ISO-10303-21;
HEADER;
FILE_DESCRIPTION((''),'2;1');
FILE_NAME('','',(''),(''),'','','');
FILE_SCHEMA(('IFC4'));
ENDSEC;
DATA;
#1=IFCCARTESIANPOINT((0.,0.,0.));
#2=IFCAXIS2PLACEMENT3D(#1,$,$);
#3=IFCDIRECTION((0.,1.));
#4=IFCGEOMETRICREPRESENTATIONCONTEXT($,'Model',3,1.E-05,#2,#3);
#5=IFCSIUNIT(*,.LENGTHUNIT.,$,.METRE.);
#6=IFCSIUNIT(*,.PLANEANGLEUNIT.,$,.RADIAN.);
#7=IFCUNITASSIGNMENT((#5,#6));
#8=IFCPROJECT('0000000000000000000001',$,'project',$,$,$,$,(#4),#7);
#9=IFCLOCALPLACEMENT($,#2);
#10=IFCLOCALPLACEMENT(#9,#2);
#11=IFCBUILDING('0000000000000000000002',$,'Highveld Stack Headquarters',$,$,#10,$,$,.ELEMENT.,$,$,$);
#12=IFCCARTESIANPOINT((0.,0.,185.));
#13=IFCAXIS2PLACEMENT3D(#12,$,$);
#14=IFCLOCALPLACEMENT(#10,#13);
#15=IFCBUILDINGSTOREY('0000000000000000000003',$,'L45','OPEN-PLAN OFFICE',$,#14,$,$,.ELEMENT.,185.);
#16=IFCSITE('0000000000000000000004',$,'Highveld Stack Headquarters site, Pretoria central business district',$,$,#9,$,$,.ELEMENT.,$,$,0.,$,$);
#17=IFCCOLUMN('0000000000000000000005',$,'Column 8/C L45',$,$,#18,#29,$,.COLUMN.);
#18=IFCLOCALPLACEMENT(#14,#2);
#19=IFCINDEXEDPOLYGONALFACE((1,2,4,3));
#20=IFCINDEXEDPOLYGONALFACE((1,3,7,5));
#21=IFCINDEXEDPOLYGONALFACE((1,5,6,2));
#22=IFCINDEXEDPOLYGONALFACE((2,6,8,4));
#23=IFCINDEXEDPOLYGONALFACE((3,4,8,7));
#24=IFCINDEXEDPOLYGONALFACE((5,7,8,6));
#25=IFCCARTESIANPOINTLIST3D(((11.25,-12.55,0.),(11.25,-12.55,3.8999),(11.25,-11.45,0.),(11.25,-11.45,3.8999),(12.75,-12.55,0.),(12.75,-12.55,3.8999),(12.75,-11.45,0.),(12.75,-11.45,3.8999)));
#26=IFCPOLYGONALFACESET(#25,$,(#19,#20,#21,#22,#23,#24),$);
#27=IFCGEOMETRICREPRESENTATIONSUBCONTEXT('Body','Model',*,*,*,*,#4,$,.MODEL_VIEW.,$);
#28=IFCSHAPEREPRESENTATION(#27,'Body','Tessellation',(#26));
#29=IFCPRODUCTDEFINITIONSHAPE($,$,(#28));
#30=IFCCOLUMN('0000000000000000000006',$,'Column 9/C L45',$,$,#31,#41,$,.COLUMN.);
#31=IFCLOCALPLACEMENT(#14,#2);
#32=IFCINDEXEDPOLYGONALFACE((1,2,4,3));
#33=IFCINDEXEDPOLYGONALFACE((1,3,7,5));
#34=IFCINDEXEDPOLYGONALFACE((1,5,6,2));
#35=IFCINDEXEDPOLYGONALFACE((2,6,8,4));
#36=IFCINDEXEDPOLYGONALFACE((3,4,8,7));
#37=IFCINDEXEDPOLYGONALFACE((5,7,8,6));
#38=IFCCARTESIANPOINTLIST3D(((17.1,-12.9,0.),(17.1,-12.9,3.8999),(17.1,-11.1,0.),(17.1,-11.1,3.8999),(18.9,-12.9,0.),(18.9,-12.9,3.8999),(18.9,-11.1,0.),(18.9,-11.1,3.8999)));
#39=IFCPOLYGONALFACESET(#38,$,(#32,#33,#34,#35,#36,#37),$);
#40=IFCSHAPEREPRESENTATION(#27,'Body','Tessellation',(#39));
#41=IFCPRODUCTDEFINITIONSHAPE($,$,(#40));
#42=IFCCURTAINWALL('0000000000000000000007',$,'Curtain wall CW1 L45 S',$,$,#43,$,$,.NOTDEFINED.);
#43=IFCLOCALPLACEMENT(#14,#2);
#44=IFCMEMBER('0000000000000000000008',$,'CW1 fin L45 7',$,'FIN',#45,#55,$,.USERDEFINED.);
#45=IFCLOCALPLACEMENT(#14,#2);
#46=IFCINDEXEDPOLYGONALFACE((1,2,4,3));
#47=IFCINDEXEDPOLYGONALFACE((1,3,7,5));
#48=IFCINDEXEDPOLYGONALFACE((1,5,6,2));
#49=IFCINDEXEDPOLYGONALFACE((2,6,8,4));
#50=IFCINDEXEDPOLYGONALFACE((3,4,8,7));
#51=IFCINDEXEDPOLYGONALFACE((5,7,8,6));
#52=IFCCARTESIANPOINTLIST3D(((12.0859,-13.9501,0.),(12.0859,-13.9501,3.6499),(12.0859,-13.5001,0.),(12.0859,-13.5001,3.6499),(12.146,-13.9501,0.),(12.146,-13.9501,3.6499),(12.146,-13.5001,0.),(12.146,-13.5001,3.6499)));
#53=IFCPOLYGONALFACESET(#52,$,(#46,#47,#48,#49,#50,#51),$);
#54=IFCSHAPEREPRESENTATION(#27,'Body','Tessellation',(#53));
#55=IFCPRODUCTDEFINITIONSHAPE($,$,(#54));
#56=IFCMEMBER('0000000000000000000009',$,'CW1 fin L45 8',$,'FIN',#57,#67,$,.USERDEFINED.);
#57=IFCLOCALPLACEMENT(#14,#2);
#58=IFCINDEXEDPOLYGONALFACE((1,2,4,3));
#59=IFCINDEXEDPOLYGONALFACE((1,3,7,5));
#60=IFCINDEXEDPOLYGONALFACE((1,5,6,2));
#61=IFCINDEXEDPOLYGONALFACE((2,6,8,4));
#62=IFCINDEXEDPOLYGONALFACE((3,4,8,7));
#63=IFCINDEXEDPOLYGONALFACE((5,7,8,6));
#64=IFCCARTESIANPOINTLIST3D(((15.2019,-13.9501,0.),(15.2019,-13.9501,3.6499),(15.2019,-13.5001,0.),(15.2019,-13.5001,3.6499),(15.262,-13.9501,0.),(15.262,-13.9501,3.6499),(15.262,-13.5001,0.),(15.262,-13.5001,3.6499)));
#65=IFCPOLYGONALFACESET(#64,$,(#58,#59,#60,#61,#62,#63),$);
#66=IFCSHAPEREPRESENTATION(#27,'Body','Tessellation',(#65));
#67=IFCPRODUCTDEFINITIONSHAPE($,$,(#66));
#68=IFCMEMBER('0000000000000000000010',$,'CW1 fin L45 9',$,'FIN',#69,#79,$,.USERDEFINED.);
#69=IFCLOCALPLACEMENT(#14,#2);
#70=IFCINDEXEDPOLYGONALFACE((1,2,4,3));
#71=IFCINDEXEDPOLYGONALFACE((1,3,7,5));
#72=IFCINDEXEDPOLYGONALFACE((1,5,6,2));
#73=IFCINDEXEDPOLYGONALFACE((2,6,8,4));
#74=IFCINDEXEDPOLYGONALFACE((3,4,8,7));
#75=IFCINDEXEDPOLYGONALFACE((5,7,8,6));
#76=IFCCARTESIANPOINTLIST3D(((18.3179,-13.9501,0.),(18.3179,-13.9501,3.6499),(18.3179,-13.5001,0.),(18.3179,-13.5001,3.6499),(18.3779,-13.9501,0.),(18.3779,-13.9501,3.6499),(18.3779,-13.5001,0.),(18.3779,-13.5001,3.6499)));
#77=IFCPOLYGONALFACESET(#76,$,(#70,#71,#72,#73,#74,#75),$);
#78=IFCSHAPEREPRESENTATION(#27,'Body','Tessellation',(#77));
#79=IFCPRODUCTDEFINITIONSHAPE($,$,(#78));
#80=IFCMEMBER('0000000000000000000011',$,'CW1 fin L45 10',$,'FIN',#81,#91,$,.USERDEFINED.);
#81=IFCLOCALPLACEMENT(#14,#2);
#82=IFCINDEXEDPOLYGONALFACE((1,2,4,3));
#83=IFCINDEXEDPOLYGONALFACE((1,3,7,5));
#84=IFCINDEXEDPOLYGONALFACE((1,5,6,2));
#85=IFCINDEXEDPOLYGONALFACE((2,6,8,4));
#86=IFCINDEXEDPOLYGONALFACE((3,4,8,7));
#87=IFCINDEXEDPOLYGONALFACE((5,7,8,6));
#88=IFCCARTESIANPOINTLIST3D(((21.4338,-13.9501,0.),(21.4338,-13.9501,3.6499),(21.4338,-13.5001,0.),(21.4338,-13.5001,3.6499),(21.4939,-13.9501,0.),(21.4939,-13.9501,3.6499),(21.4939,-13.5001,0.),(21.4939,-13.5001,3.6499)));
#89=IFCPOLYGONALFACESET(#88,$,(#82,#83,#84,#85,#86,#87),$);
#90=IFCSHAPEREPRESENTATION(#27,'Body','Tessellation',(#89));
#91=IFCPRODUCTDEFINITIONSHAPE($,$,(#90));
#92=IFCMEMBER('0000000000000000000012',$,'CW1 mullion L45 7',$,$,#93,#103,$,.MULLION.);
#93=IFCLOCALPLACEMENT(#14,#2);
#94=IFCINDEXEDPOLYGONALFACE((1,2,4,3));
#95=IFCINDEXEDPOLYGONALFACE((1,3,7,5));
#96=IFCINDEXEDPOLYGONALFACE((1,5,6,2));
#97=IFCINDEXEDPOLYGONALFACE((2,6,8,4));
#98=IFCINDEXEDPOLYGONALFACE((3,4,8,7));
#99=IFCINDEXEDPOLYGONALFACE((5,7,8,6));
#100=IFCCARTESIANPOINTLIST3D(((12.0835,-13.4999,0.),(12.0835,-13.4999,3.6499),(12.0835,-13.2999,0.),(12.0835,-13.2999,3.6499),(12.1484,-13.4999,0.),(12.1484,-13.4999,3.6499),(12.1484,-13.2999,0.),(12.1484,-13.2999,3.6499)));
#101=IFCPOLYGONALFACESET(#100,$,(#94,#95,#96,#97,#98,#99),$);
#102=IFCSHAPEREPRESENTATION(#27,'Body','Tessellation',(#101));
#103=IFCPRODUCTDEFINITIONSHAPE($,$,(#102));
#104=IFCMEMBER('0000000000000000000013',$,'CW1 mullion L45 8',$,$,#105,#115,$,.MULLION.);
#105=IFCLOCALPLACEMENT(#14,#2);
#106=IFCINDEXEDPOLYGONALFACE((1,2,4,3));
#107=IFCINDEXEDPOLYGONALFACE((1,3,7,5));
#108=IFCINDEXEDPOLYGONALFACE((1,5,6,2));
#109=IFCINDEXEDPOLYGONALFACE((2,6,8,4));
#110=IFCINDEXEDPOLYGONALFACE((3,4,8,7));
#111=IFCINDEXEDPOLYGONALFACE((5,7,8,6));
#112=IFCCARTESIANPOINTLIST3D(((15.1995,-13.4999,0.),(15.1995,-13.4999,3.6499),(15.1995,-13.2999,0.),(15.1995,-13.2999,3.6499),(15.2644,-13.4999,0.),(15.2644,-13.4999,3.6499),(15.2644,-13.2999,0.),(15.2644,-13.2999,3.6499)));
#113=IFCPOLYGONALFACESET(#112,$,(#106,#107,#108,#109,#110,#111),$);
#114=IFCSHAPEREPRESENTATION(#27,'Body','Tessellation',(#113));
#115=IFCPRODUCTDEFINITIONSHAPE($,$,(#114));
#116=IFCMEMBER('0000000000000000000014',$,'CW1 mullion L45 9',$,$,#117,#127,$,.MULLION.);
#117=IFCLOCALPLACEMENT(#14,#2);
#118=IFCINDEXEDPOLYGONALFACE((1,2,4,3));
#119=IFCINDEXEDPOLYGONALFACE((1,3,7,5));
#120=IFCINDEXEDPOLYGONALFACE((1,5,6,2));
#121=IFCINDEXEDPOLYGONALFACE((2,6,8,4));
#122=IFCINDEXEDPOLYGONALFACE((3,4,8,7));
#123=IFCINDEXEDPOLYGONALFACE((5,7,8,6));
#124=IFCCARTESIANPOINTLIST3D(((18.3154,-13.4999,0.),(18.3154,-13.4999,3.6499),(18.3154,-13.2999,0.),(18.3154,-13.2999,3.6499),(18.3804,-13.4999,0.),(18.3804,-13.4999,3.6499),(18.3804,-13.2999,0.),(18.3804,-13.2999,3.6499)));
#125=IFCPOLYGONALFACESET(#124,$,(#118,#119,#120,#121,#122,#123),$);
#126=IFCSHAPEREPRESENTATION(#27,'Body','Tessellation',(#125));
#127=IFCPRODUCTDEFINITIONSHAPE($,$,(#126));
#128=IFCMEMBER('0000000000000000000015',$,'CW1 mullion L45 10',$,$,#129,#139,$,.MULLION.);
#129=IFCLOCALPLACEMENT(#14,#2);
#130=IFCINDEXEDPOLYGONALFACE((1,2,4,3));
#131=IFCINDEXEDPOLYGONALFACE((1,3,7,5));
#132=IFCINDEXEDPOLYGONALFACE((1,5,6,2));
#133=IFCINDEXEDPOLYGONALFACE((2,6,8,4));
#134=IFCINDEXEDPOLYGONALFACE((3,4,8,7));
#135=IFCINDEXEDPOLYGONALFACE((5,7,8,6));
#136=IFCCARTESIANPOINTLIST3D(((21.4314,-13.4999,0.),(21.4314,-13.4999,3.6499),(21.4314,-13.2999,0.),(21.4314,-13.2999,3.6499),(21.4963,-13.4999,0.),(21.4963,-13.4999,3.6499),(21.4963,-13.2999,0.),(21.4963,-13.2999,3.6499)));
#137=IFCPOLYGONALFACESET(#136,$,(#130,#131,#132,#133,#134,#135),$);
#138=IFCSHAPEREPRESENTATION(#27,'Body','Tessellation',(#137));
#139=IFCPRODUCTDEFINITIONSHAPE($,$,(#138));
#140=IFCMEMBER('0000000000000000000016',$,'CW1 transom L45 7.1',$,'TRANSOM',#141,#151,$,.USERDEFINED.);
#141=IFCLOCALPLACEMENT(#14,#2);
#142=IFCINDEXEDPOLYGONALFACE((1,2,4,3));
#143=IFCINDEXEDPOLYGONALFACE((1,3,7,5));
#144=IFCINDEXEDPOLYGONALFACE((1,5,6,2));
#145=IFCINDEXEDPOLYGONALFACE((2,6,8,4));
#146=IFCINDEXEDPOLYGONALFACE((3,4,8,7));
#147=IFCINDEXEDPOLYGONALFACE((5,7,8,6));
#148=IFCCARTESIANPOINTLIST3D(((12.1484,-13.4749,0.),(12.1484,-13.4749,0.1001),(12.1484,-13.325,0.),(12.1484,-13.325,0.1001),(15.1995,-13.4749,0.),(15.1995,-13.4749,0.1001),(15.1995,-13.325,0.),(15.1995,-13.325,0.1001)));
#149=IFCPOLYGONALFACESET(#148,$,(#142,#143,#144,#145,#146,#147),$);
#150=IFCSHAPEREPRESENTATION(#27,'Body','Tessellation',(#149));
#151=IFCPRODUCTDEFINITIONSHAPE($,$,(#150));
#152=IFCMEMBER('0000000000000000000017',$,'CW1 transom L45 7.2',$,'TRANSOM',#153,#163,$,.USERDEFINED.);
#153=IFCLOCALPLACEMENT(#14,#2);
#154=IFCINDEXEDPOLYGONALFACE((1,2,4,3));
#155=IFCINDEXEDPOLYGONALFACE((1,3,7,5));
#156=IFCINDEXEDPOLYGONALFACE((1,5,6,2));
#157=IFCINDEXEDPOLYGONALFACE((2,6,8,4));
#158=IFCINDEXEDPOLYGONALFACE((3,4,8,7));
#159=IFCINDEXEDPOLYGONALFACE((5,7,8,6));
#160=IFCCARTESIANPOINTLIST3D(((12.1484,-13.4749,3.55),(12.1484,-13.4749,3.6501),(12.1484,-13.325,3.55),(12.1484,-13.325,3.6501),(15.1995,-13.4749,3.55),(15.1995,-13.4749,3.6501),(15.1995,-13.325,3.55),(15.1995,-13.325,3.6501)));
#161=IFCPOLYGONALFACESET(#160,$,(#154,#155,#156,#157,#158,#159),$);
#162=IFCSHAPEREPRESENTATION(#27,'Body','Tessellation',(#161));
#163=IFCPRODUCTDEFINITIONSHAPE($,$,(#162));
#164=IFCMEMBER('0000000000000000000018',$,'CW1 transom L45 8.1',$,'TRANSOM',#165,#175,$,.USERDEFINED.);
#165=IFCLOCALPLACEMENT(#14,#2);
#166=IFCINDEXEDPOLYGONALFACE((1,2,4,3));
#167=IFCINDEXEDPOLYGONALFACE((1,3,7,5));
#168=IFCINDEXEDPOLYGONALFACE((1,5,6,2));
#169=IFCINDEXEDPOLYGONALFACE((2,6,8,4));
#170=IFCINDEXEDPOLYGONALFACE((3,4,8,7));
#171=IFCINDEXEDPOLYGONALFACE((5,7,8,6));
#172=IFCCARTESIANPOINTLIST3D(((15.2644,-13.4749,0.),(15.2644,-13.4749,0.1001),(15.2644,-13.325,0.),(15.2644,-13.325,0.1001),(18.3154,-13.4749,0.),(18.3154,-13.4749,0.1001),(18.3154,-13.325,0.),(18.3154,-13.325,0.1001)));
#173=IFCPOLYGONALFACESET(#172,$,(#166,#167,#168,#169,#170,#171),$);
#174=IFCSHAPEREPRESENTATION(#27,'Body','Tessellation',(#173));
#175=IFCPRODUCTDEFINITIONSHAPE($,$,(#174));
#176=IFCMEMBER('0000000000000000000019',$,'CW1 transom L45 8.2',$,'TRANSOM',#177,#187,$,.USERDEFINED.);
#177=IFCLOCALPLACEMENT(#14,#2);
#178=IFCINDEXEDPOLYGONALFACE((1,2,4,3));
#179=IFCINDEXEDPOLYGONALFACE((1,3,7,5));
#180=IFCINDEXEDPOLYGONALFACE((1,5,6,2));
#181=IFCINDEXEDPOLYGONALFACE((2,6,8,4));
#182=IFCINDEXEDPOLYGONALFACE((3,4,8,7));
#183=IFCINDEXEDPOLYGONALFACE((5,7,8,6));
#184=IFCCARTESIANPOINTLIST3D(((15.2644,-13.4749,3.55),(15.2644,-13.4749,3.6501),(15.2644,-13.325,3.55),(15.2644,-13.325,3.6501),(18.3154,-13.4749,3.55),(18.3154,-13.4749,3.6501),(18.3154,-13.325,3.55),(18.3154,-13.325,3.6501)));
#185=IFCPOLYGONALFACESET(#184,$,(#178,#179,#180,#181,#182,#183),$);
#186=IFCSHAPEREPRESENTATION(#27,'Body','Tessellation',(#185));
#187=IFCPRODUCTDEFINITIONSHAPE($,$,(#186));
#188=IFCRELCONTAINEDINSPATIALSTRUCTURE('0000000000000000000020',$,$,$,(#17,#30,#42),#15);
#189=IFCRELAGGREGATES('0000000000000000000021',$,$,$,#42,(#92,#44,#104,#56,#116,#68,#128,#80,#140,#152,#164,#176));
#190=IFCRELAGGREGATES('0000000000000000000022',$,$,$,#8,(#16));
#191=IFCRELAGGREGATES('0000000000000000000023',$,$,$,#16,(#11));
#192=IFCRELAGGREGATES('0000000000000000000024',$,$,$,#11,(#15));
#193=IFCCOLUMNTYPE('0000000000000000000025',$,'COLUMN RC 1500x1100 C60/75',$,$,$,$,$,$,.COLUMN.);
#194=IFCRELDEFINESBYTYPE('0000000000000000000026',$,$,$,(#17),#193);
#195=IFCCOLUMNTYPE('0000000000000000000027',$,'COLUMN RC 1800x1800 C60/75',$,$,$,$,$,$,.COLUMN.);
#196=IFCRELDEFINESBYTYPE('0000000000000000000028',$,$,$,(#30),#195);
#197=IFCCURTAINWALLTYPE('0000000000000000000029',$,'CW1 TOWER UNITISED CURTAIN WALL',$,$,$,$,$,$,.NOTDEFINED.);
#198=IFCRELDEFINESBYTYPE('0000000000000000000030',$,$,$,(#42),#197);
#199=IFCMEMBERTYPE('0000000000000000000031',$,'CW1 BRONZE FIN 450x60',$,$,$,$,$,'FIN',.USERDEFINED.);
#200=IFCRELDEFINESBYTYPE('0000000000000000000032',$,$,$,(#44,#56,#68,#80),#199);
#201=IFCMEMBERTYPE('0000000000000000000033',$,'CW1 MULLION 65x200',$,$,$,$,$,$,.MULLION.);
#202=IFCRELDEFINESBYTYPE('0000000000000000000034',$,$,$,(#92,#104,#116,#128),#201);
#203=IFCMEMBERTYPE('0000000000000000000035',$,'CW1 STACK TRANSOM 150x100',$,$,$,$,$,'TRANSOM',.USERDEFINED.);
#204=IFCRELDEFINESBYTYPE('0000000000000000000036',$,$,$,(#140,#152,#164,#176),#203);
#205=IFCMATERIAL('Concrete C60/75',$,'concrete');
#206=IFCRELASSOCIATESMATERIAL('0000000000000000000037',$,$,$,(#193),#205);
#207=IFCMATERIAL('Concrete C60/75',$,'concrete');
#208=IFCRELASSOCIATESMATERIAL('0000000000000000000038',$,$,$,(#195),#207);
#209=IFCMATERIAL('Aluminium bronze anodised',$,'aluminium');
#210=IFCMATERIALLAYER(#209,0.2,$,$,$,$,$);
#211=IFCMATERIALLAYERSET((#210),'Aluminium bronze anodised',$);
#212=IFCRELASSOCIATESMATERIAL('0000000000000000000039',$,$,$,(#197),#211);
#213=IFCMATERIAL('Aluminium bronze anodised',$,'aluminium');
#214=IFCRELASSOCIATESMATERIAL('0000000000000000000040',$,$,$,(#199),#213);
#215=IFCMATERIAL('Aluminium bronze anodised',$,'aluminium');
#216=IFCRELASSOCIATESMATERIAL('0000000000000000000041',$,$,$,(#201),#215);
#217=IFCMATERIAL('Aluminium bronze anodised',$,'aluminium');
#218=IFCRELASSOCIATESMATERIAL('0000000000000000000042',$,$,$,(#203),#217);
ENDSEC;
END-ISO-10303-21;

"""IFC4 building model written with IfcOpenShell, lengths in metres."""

from ifc_helpers import new_model, si_unit, direction, frame, origin, origin_2d, place, context, subcontext, project, spatial, rectangle, extrude, material, layer, layer_set, material_profile, profile_set, type_object, element, aggregate, save


model = new_model("IFC4")

# Units and contexts
model_context = context("Model", 3, precision=1e-05, world=origin(), true_north=direction((0.0, 1.0)))
body_context = subcontext(model_context, "Body", "Model", "MODEL_VIEW")
ifc_project = project(units=[si_unit("LENGTHUNIT", "METRE"), si_unit("PLANEANGLEUNIT", "RADIAN")], contexts=[model_context])

# Site, building, storey
site_placement = place(None, origin())
site = spatial("IfcSite", under=ifc_project, at=site_placement, Name="Highveld Stack Headquarters site, Pretoria central business district", CompositionType="ELEMENT", RefElevation=0.0)
building_placement = place(site_placement, origin())
building = spatial("IfcBuilding", under=site, at=building_placement, Name="Highveld Stack Headquarters", CompositionType="ELEMENT")
storey_placement = place(building_placement, frame((0.0, 0.0, 185.0)))
storey = spatial("IfcBuildingStorey", under=building, at=storey_placement, Name="L45", Description="OPEN-PLAN OFFICE", CompositionType="ELEMENT", Elevation=185.0)

# Columns
ifc_material_1 = material(Name="Concrete C60/75", Category="concrete")
ifc_material_profile_1 = material_profile(ifc_material_1, rectangle(XDim=1.5, YDim=1.1001, at=origin_2d()), Name="RC 1500x1100")
ifc_profile_set_1 = profile_set([ifc_material_profile_1], Name="Concrete C60/75")
column_type_1 = type_object("IfcColumnType", Name="COLUMN RC 1500x1100 C60/75", PredefinedType="COLUMN", material=ifc_profile_set_1)
column_1_placement = place(storey_placement, frame((12.0, -12.0, 0.0), z_axis=(0.0, 0.0, 1.0), x_axis=(1.0, 0.0, 0.0)))
element("IfcColumn", 1, at=column_1_placement, inside=storey, type_object=column_type_1, Name="Column 8/C L45", PredefinedType="COLUMN", context=body_context, shape_type="SweptSolid", body=[
    extrude(rectangle(XDim=1.5, YDim=1.1001, at=origin_2d()), origin(), (0.0, 0.0, 1.0), 3.8999),
])
ifc_material_2 = material(Name="Concrete C60/75", Category="concrete")
ifc_material_profile_2 = material_profile(ifc_material_2, rectangle(XDim=1.8, YDim=1.8, at=origin_2d()), Name="RC 1800x1800")
ifc_profile_set_2 = profile_set([ifc_material_profile_2], Name="Concrete C60/75")
column_type_2 = type_object("IfcColumnType", Name="COLUMN RC 1800x1800 C60/75", PredefinedType="COLUMN", material=ifc_profile_set_2)
column_2_placement = place(storey_placement, frame((18.0, -12.0, 0.0), z_axis=(0.0, 0.0, 1.0), x_axis=(1.0, 0.0, 0.0)))
element("IfcColumn", 2, at=column_2_placement, inside=storey, type_object=column_type_2, Name="Column 9/C L45", PredefinedType="COLUMN", context=body_context, shape_type="SweptSolid", body=[
    extrude(rectangle(XDim=1.8, YDim=1.8, at=origin_2d()), origin(), (0.0, 0.0, 1.0), 3.8999),
])

# Curtain wall, members
ifc_material_3 = material(Name="Aluminium bronze anodised", Category="aluminium")
ifc_layer_1 = layer(ifc_material_3, 0.2)
ifc_layer_set_1 = layer_set([ifc_layer_1], Name="Aluminium bronze anodised")
curtain_wall_type = type_object("IfcCurtainWallType", Name="CW1 TOWER UNITISED CURTAIN WALL", PredefinedType="NOTDEFINED", material=ifc_layer_set_1)
curtain_wall_placement = place(storey_placement, origin())
curtain_wall = element("IfcCurtainWall", 3, at=curtain_wall_placement, inside=storey, type_object=curtain_wall_type, Name="Curtain wall CW1 L45 S", PredefinedType="NOTDEFINED")
ifc_material_4 = material(Name="Aluminium bronze anodised", Category="aluminium")
ifc_material_profile_3 = material_profile(ifc_material_4, rectangle(XDim=0.45, YDim=0.0601, at=origin_2d()), Name="FIN 450x60")
ifc_profile_set_3 = profile_set([ifc_material_profile_3], Name="Aluminium bronze anodised")
member_type_1 = type_object("IfcMemberType", Name="CW1 BRONZE FIN 450x60", ElementType="FIN", PredefinedType="USERDEFINED", material=ifc_profile_set_3)
member_1_placement = place(storey_placement, frame((12.116, -13.7251, 0.0), z_axis=(0.0, 0.0, 1.0), x_axis=(0.0, 1.0, 0.0)))
member_1 = element("IfcMember", 4, at=member_1_placement, type_object=member_type_1, Name="CW1 fin L45 7", ObjectType="FIN", PredefinedType="USERDEFINED", context=body_context, shape_type="SweptSolid", body=[
    extrude(rectangle(XDim=0.45, YDim=0.0601, at=origin_2d()), origin(), (0.0, 0.0, 1.0), 3.6499),
])
member_2_placement = place(storey_placement, frame((15.2319, -13.7251, 0.0), z_axis=(0.0, 0.0, 1.0), x_axis=(0.0, 1.0, 0.0)))
member_2 = element("IfcMember", 5, at=member_2_placement, type_object=member_type_1, Name="CW1 fin L45 8", ObjectType="FIN", PredefinedType="USERDEFINED", context=body_context, shape_type="SweptSolid", body=[
    extrude(rectangle(XDim=0.45, YDim=0.0601, at=origin_2d()), origin(), (0.0, 0.0, 1.0), 3.6499),
])
member_3_placement = place(storey_placement, frame((18.3479, -13.7251, 0.0), z_axis=(0.0, 0.0, 1.0), x_axis=(0.0, 1.0, 0.0)))
member_3 = element("IfcMember", 6, at=member_3_placement, type_object=member_type_1, Name="CW1 fin L45 9", ObjectType="FIN", PredefinedType="USERDEFINED", context=body_context, shape_type="SweptSolid", body=[
    extrude(rectangle(XDim=0.45, YDim=0.0601, at=origin_2d()), origin(), (0.0, 0.0, 1.0), 3.6499),
])
member_4_placement = place(storey_placement, frame((21.4639, -13.7251, 0.0), z_axis=(0.0, 0.0, 1.0), x_axis=(0.0, 1.0, 0.0)))
member_4 = element("IfcMember", 7, at=member_4_placement, type_object=member_type_1, Name="CW1 fin L45 10", ObjectType="FIN", PredefinedType="USERDEFINED", context=body_context, shape_type="SweptSolid", body=[
    extrude(rectangle(XDim=0.45, YDim=0.0601, at=origin_2d()), origin(), (0.0, 0.0, 1.0), 3.6499),
])
ifc_material_5 = material(Name="Aluminium bronze anodised", Category="aluminium")
ifc_material_profile_4 = material_profile(ifc_material_5, rectangle(XDim=0.2, YDim=0.0649, at=origin_2d()), Name="CW1 MULLION 65x200")
ifc_profile_set_4 = profile_set([ifc_material_profile_4], Name="Aluminium bronze anodised")
member_type_2 = type_object("IfcMemberType", Name="CW1 MULLION 65x200", PredefinedType="MULLION", material=ifc_profile_set_4)
member_5_placement = place(storey_placement, frame((12.116, -13.3999, 0.0), z_axis=(0.0, 0.0, 1.0), x_axis=(0.0, 1.0, 0.0)))
member_5 = element("IfcMember", 8, at=member_5_placement, type_object=member_type_2, Name="CW1 mullion L45 7", PredefinedType="MULLION", context=body_context, shape_type="SweptSolid", body=[
    extrude(rectangle(XDim=0.2, YDim=0.0649, at=origin_2d()), origin(), (0.0, 0.0, 1.0), 3.6499),
])
member_6_placement = place(storey_placement, frame((15.2319, -13.3999, 0.0), z_axis=(0.0, 0.0, 1.0), x_axis=(0.0, 1.0, 0.0)))
member_6 = element("IfcMember", 9, at=member_6_placement, type_object=member_type_2, Name="CW1 mullion L45 8", PredefinedType="MULLION", context=body_context, shape_type="SweptSolid", body=[
    extrude(rectangle(XDim=0.2, YDim=0.0649, at=origin_2d()), origin(), (0.0, 0.0, 1.0), 3.6499),
])
member_7_placement = place(storey_placement, frame((18.3479, -13.3999, 0.0), z_axis=(0.0, 0.0, 1.0), x_axis=(0.0, 1.0, 0.0)))
member_7 = element("IfcMember", 10, at=member_7_placement, type_object=member_type_2, Name="CW1 mullion L45 9", PredefinedType="MULLION", context=body_context, shape_type="SweptSolid", body=[
    extrude(rectangle(XDim=0.2, YDim=0.0649, at=origin_2d()), origin(), (0.0, 0.0, 1.0), 3.6499),
])
member_8_placement = place(storey_placement, frame((21.4639, -13.3999, 0.0), z_axis=(0.0, 0.0, 1.0), x_axis=(0.0, 1.0, 0.0)))
member_8 = element("IfcMember", 11, at=member_8_placement, type_object=member_type_2, Name="CW1 mullion L45 10", PredefinedType="MULLION", context=body_context, shape_type="SweptSolid", body=[
    extrude(rectangle(XDim=0.2, YDim=0.0649, at=origin_2d()), origin(), (0.0, 0.0, 1.0), 3.6499),
])
ifc_material_6 = material(Name="Aluminium bronze anodised", Category="aluminium")
ifc_material_profile_5 = material_profile(ifc_material_6, rectangle(XDim=0.1499, YDim=0.1001, at=origin_2d()), Name="CW1 TRANSOM 150x100")
ifc_profile_set_5 = profile_set([ifc_material_profile_5], Name="Aluminium bronze anodised")
member_type_3 = type_object("IfcMemberType", Name="CW1 STACK TRANSOM 150x100", ElementType="TRANSOM", PredefinedType="USERDEFINED", material=ifc_profile_set_5)
member_9_placement = place(storey_placement, frame((12.1484, -13.3999, 0.05), z_axis=(1.0, 0.0, 0.0), x_axis=(0.0, 1.0, 0.0)))
member_9 = element("IfcMember", 12, at=member_9_placement, type_object=member_type_3, Name="CW1 transom L45 7.1", ObjectType="TRANSOM", PredefinedType="USERDEFINED", context=body_context, shape_type="SweptSolid", body=[
    extrude(rectangle(XDim=0.1499, YDim=0.1001, at=origin_2d()), origin(), (0.0, 0.0, 1.0), 3.051),
])
member_10_placement = place(storey_placement, frame((12.1484, -13.3999, 3.6001), z_axis=(1.0, 0.0, 0.0), x_axis=(0.0, 1.0, 0.0)))
member_10 = element("IfcMember", 13, at=member_10_placement, type_object=member_type_3, Name="CW1 transom L45 7.2", ObjectType="TRANSOM", PredefinedType="USERDEFINED", context=body_context, shape_type="SweptSolid", body=[
    extrude(rectangle(XDim=0.1499, YDim=0.1001, at=origin_2d()), origin(), (0.0, 0.0, 1.0), 3.051),
])
member_11_placement = place(storey_placement, frame((15.2644, -13.3999, 0.05), z_axis=(1.0, 0.0, 0.0), x_axis=(0.0, 1.0, 0.0)))
member_11 = element("IfcMember", 14, at=member_11_placement, type_object=member_type_3, Name="CW1 transom L45 8.1", ObjectType="TRANSOM", PredefinedType="USERDEFINED", context=body_context, shape_type="SweptSolid", body=[
    extrude(rectangle(XDim=0.1499, YDim=0.1001, at=origin_2d()), origin(), (0.0, 0.0, 1.0), 3.051),
])
member_12_placement = place(storey_placement, frame((15.2644, -13.3999, 3.6001), z_axis=(1.0, 0.0, 0.0), x_axis=(0.0, 1.0, 0.0)))
member_12 = element("IfcMember", 15, at=member_12_placement, type_object=member_type_3, Name="CW1 transom L45 8.2", ObjectType="TRANSOM", PredefinedType="USERDEFINED", context=body_context, shape_type="SweptSolid", body=[
    extrude(rectangle(XDim=0.1499, YDim=0.1001, at=origin_2d()), origin(), (0.0, 0.0, 1.0), 3.051),
])
aggregate(curtain_wall, [member_5, member_1, member_6, member_2, member_7, member_3, member_8, member_4, member_9, member_10, member_11, member_12])

save(model, "model.ifc")
